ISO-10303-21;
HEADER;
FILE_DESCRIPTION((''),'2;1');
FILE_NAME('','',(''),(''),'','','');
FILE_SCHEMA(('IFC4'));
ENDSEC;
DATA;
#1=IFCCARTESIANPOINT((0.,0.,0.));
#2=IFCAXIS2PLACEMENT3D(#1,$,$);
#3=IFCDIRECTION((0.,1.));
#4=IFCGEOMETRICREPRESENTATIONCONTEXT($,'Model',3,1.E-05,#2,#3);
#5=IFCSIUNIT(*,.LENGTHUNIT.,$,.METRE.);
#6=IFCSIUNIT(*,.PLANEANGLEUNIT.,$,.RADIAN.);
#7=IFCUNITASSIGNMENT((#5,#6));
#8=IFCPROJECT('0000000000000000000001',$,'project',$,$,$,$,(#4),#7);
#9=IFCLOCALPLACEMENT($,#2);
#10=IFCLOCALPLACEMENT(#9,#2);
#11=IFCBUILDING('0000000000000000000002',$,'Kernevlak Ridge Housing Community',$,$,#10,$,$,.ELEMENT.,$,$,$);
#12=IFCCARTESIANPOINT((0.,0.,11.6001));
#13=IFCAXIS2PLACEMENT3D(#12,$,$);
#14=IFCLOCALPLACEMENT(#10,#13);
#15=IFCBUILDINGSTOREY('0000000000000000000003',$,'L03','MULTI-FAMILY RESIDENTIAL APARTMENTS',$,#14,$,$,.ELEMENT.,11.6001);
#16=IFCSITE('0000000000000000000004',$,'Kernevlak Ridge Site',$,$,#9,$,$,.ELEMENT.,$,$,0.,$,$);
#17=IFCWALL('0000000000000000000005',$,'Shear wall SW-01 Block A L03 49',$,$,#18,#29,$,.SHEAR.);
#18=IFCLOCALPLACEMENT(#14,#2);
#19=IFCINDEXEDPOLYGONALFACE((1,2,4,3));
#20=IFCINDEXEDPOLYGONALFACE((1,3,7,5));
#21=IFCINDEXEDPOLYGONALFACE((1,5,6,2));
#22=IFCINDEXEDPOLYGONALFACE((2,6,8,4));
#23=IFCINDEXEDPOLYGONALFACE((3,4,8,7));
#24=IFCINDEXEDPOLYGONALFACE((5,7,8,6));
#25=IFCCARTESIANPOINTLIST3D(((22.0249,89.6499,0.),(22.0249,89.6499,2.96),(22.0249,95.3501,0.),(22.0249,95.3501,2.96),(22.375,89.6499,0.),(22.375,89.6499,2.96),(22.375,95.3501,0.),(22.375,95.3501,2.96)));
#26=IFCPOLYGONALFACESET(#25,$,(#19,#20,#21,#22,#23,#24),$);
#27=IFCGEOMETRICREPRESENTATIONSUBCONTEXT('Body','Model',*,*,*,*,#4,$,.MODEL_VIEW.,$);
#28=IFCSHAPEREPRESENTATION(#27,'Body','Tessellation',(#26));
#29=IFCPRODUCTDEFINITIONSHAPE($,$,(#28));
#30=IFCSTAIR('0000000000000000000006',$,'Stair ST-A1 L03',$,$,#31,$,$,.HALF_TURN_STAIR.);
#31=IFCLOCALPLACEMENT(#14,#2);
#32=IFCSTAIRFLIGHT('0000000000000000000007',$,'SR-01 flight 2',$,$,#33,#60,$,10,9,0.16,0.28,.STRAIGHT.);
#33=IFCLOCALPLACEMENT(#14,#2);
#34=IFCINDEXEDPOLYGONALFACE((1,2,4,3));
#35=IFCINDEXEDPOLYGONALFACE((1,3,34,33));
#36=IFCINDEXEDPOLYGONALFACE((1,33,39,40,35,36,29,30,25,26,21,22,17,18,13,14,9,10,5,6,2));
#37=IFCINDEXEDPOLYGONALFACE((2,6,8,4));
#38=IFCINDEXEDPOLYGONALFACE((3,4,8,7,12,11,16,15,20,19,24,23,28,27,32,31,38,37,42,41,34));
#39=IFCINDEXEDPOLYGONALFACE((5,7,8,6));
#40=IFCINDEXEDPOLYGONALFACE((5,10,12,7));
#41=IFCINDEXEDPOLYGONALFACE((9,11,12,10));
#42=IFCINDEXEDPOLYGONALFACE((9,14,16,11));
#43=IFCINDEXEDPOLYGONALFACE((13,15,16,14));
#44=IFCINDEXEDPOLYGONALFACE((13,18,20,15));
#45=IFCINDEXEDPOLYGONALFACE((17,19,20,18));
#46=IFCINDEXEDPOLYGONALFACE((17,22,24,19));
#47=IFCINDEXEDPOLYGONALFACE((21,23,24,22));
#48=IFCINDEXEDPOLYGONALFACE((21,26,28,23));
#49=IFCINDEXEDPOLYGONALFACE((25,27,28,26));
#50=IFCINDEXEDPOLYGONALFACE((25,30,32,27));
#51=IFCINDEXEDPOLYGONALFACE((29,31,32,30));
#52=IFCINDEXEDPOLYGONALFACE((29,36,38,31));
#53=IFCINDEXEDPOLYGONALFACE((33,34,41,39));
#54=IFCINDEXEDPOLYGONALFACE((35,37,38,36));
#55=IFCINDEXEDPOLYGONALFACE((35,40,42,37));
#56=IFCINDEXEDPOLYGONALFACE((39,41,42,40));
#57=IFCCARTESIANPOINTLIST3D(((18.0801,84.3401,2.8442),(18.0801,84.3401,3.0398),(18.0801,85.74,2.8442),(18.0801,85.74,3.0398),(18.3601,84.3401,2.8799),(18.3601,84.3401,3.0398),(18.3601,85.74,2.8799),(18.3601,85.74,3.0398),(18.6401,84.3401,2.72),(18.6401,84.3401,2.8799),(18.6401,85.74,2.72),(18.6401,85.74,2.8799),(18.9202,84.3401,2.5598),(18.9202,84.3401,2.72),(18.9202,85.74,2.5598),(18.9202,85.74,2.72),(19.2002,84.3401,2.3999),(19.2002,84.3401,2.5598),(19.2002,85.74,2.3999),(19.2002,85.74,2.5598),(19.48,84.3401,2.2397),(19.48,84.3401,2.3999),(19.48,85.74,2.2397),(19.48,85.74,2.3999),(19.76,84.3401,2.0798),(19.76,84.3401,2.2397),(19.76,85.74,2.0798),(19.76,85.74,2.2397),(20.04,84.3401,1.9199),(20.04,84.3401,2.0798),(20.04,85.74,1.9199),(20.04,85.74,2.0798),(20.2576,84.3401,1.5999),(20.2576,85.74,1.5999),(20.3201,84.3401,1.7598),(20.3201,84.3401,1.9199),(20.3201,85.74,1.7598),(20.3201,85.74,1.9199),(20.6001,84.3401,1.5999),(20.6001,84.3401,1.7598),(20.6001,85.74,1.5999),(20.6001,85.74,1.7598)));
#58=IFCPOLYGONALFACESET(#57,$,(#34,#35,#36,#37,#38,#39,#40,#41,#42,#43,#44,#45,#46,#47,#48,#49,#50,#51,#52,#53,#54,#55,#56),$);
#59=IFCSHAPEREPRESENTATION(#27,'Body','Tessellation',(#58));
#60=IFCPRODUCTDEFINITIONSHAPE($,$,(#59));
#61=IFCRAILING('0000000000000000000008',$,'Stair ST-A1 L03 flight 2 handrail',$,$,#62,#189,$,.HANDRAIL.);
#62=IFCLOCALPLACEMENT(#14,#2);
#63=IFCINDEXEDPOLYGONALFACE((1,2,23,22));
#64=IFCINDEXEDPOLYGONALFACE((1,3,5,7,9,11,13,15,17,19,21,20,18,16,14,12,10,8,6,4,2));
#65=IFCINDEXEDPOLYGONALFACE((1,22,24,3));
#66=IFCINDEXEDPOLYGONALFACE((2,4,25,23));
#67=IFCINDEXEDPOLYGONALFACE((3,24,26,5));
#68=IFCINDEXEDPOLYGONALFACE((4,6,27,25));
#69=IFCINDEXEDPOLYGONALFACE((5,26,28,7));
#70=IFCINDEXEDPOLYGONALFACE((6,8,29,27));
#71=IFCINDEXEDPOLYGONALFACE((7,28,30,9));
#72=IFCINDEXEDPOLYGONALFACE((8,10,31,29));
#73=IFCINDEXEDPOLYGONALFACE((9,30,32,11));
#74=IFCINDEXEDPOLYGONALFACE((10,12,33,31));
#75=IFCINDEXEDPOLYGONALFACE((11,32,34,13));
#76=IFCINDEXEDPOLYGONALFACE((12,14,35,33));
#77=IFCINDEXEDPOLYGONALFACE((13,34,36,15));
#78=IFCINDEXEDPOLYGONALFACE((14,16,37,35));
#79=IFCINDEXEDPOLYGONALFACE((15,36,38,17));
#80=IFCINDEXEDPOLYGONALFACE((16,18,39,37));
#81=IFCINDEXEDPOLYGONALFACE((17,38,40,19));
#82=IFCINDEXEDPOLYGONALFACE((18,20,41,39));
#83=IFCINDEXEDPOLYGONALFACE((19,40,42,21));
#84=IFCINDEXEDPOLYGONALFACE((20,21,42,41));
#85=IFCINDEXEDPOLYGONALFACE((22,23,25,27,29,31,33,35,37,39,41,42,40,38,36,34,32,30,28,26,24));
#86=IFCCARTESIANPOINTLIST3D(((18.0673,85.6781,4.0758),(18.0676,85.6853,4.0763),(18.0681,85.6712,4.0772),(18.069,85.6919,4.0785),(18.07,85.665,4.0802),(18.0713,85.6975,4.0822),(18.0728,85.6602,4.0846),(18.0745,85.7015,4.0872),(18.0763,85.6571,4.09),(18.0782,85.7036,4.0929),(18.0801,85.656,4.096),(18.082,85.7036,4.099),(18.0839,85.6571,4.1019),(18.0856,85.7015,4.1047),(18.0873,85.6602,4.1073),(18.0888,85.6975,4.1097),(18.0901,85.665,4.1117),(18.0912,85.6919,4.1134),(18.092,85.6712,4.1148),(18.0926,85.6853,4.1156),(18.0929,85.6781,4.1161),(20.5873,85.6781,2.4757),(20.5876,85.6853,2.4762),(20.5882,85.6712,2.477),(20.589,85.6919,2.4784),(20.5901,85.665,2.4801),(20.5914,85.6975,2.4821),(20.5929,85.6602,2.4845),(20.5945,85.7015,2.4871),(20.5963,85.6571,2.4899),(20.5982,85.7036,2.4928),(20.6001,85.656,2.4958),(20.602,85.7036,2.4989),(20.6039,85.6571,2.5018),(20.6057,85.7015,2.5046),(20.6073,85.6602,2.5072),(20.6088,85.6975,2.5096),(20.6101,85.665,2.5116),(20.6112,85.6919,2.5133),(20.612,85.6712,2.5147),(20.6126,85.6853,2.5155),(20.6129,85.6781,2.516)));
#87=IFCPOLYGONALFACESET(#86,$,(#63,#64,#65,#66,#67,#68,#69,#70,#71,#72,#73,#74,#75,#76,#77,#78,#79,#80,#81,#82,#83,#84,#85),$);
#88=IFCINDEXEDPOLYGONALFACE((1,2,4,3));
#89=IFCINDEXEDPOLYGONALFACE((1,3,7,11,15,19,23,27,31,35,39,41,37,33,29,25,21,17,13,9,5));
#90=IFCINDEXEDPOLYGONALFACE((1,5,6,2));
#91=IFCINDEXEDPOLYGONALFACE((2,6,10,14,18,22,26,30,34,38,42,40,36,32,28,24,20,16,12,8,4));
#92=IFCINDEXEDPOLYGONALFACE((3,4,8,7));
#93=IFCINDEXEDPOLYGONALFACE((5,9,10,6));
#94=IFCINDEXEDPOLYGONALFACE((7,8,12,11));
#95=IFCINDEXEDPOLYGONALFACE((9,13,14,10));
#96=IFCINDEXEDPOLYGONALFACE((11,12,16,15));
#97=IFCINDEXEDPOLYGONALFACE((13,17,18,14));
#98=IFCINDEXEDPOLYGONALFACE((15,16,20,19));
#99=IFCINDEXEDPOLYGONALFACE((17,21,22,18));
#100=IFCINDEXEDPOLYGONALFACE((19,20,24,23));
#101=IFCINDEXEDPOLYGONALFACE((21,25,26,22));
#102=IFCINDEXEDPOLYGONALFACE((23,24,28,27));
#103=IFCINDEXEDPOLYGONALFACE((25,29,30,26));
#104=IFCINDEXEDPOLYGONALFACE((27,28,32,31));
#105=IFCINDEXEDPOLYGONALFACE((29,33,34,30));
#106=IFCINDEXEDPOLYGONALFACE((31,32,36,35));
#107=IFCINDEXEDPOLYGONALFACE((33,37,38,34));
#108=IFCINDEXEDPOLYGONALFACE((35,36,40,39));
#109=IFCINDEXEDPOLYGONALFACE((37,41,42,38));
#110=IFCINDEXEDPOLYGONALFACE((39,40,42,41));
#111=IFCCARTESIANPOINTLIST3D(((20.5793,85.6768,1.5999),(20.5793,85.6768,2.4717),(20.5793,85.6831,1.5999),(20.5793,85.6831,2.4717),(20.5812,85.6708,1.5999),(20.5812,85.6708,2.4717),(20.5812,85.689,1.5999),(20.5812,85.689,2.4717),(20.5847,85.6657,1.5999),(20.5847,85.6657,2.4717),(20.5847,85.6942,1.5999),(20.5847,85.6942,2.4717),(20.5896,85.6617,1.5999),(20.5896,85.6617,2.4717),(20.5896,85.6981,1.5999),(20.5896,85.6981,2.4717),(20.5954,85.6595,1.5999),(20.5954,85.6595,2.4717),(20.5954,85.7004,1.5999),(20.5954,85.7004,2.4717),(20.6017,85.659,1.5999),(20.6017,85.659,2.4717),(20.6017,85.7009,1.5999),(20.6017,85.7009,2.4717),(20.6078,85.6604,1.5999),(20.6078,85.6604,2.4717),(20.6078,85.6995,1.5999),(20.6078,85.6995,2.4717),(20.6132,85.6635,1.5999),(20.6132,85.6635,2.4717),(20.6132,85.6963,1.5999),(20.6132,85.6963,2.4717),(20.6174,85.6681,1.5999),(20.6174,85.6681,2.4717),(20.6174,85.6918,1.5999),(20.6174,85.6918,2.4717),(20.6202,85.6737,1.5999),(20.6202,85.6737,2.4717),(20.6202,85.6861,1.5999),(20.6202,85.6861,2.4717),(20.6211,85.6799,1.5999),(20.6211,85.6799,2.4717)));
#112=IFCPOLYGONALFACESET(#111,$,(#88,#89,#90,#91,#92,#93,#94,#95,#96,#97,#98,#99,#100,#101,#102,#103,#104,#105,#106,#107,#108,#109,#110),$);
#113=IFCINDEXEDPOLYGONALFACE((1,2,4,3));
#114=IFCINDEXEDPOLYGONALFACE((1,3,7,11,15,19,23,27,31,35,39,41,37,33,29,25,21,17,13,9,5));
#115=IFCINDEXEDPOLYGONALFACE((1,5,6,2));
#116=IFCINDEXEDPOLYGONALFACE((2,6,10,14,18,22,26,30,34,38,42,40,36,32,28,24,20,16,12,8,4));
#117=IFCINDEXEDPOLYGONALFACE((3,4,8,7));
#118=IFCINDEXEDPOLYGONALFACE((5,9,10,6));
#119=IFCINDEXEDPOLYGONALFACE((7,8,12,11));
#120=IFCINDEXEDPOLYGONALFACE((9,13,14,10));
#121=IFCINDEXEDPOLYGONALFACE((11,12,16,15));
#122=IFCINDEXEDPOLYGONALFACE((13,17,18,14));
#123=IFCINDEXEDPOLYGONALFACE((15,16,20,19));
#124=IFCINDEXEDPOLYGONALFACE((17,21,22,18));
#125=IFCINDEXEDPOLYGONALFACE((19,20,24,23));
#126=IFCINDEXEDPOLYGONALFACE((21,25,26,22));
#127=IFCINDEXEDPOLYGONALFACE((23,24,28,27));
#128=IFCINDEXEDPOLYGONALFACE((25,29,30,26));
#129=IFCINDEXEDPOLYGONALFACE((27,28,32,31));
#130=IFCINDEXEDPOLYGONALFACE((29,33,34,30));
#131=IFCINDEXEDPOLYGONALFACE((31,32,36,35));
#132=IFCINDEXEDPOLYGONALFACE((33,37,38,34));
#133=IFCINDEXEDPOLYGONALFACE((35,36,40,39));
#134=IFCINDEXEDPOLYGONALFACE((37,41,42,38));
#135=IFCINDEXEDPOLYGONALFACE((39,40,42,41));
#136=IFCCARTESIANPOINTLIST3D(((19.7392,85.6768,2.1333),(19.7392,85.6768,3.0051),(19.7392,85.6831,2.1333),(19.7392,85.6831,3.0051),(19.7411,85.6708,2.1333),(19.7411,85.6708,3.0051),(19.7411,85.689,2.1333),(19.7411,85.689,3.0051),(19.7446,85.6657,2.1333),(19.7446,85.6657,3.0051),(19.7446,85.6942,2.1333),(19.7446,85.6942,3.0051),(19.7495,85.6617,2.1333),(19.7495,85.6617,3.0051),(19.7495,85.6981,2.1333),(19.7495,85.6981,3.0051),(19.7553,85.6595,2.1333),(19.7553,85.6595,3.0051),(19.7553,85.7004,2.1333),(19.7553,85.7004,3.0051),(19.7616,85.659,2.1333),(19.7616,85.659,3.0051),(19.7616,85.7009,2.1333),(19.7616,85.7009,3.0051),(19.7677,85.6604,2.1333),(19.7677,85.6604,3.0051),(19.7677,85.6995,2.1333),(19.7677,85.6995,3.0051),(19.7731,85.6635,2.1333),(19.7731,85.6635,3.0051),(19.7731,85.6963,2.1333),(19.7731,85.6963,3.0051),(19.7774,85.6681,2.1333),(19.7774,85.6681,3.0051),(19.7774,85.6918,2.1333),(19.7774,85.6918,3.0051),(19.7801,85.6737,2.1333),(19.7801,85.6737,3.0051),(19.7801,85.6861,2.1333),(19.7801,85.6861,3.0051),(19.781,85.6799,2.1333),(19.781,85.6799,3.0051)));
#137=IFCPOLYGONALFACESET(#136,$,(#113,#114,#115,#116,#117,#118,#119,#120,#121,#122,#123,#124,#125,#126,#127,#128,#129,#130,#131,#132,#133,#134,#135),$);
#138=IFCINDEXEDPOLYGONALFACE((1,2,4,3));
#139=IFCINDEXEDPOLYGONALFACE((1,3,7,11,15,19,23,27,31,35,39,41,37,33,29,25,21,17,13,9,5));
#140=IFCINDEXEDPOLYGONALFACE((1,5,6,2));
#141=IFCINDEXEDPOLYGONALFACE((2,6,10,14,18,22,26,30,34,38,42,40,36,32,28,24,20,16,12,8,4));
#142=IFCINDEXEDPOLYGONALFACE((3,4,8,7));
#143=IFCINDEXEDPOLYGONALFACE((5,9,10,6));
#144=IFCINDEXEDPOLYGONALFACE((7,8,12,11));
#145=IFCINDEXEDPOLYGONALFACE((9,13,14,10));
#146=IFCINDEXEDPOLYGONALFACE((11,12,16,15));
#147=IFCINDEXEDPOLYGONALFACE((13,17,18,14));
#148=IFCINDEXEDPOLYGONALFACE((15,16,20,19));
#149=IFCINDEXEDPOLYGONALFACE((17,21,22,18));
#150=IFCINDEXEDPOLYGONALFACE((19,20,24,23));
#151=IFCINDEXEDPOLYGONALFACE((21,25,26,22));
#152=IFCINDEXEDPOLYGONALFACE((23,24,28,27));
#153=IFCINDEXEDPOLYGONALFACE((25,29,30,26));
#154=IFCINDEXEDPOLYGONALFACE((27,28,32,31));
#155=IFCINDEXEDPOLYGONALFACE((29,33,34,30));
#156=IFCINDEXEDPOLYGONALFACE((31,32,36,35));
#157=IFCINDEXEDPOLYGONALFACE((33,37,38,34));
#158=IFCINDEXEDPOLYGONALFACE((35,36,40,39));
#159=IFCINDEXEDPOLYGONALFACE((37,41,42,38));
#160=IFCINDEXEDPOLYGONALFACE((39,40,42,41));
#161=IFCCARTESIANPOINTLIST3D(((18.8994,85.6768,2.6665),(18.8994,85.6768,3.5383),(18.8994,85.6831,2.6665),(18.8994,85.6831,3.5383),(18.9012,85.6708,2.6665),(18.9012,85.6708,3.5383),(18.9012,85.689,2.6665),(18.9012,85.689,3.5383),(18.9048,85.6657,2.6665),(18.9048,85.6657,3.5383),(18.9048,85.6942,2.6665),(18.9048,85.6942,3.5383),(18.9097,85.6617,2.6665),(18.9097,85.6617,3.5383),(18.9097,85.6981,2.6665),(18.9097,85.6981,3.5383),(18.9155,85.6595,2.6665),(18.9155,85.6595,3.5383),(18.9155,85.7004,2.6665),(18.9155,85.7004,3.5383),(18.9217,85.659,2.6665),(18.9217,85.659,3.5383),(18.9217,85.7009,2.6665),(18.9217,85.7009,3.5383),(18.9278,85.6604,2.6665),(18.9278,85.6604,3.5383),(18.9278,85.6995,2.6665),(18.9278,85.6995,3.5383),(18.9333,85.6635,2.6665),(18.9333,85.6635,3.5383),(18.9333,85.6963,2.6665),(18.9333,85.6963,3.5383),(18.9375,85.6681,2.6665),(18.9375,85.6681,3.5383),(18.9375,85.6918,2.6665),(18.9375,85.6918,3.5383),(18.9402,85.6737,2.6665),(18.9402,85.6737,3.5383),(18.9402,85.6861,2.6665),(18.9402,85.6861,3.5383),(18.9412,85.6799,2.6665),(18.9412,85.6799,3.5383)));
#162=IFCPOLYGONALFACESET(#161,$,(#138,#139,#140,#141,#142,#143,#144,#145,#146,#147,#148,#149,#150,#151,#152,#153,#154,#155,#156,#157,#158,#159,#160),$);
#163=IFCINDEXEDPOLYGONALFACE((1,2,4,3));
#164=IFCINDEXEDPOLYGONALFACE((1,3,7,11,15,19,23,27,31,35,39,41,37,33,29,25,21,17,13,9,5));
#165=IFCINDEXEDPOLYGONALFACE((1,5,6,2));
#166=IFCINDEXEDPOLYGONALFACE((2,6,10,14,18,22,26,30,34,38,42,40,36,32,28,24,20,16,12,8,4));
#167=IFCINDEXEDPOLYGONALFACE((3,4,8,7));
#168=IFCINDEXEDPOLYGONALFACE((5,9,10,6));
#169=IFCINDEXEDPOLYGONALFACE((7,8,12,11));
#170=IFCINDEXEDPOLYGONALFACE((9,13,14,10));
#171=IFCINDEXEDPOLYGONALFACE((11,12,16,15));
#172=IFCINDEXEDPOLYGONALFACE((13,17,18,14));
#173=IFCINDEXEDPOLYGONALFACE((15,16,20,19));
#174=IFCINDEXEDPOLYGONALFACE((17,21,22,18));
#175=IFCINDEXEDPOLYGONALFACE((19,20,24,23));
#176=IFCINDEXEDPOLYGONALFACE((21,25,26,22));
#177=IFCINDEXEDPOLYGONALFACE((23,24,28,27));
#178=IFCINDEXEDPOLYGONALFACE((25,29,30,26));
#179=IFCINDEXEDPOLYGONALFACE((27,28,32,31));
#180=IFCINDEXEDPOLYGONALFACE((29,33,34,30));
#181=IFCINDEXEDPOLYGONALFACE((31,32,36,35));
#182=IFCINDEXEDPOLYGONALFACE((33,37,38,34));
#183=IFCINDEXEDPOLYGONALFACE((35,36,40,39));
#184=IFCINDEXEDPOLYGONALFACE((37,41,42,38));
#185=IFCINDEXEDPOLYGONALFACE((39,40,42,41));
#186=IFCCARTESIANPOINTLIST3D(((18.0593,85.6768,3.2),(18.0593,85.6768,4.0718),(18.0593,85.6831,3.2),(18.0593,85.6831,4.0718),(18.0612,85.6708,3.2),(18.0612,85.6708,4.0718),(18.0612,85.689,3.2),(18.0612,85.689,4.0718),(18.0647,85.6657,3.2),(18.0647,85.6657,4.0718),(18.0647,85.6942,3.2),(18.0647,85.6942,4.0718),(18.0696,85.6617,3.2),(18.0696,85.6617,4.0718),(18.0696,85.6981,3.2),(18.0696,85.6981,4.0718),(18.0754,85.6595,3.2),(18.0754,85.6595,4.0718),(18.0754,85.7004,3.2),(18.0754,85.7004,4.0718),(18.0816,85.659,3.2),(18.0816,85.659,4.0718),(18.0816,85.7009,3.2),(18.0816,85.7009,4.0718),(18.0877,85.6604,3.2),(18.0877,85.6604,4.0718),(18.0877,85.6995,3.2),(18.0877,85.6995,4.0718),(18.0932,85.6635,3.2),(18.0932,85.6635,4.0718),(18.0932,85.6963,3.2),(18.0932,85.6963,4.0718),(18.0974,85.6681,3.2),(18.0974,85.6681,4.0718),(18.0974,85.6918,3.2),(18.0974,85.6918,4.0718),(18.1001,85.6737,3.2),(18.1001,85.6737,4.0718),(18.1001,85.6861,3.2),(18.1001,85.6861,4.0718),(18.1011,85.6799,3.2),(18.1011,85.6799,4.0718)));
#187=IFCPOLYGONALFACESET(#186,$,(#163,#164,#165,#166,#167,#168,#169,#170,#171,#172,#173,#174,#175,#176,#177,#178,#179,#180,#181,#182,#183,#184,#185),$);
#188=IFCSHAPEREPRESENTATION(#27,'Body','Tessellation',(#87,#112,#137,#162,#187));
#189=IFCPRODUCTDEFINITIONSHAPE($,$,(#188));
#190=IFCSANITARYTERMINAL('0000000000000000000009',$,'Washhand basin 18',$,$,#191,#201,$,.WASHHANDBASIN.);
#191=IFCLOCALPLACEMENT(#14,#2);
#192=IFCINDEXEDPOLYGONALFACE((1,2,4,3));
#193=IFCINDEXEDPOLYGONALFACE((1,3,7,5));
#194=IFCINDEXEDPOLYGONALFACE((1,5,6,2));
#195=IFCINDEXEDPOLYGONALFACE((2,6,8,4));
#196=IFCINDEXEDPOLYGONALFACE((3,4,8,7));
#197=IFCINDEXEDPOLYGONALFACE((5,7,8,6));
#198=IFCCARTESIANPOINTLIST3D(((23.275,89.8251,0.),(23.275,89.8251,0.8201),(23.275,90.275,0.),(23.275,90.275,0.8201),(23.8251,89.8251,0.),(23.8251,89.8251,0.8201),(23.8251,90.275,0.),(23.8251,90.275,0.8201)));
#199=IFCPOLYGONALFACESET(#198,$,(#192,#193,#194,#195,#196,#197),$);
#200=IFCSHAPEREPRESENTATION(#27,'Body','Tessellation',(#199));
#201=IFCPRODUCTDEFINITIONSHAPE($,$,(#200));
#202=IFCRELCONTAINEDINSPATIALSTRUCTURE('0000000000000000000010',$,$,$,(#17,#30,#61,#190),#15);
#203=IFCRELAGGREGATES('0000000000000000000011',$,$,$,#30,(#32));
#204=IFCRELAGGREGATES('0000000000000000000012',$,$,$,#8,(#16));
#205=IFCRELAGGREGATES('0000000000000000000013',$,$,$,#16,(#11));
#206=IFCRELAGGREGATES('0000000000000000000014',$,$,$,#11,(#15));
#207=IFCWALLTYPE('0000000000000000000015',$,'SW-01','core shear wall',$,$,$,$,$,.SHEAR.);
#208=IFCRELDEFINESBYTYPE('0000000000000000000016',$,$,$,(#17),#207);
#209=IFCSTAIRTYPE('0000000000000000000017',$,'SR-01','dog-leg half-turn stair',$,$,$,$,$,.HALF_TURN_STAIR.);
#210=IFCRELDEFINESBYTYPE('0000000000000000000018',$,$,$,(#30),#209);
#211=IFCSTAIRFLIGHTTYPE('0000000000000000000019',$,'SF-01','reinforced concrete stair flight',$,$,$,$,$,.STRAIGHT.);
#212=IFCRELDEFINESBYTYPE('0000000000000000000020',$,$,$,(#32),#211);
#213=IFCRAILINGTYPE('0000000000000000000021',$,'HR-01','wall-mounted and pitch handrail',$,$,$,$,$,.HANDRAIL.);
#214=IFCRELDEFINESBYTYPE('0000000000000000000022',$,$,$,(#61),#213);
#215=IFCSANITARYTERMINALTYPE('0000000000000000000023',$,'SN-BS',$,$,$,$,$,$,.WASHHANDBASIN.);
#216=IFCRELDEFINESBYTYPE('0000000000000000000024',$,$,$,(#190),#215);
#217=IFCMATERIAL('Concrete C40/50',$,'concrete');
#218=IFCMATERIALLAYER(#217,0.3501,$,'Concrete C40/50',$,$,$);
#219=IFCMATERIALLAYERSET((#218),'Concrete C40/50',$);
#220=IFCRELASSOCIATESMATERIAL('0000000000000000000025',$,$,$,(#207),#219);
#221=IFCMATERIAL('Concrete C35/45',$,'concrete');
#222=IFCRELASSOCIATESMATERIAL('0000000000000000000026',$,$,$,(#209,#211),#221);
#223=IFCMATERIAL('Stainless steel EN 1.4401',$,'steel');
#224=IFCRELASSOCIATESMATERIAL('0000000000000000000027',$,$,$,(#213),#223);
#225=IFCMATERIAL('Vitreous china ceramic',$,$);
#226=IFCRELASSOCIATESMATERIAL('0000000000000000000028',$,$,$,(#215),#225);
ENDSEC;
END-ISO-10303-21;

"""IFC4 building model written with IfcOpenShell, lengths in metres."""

from ifc_helpers import new_model, si_unit, direction, frame, frame_2d, origin, origin_2d, place, context, subcontext, project, spatial, polyline, rectangle, circle, outline, extrude, material, layer, layer_set, type_object, element, aggregate, save


model = new_model("IFC4")

# Units and contexts
model_context = context("Model", 3, precision=1e-05, world=origin(), true_north=direction((0.0, 1.0)))
body_context = subcontext(model_context, "Body", "Model", "MODEL_VIEW")
ifc_project = project(units=[si_unit("LENGTHUNIT", "METRE"), si_unit("PLANEANGLEUNIT", "RADIAN")], contexts=[model_context])

# Site, building, storey
site_placement = place(None, origin())
site = spatial("IfcSite", under=ifc_project, at=site_placement, Name="Kernevlak Ridge Site", CompositionType="ELEMENT", RefElevation=0.0)
building_placement = place(site_placement, origin())
building = spatial("IfcBuilding", under=site, at=building_placement, Name="Kernevlak Ridge Housing Community", CompositionType="ELEMENT")
storey_placement = place(building_placement, frame((0.0, 0.0, 11.6001)))
storey = spatial("IfcBuildingStorey", under=building, at=storey_placement, Name="L03", Description="MULTI-FAMILY RESIDENTIAL APARTMENTS", CompositionType="ELEMENT", Elevation=11.6001)

# Shared definitions
ifc_material_1 = material(Name="Concrete C40/50", Category="concrete")

# Shared definitions
ifc_material_2 = material(Name="Concrete C35/45", Category="concrete")

# Wall
ifc_layer_1 = layer(ifc_material_1, 0.3501, Name="Concrete C40/50")
ifc_layer_set_1 = layer_set([ifc_layer_1], Name="Concrete C40/50")
wall_type_1 = type_object("IfcWallType", Name="SW-01", Description="core shear wall", PredefinedType="SHEAR", material=ifc_layer_set_1)
wall_1_placement = place(storey_placement, frame((22.2, 89.6499, 0.0), z_axis=(0.0, 0.0, 1.0), x_axis=(0.0, 1.0, 0.0)))
element("IfcWall", 1, at=wall_1_placement, inside=storey, type_object=wall_type_1, Name="Shear wall SW-01 Block A L03 49", PredefinedType="SHEAR", context=body_context, shape_type="SweptSolid", body=[
    extrude(rectangle(XDim=5.7002, YDim=0.3501, at=frame_2d((2.8501, 0.0))), origin(), (0.0, 0.0, 1.0), 2.96),
])

# Stair, stair flight
stair_type = type_object("IfcStairType", Name="SR-01", Description="dog-leg half-turn stair", PredefinedType="HALF_TURN_STAIR", material=ifc_material_2)
stair_placement = place(storey_placement, origin())
stair = element("IfcStair", 2, at=stair_placement, inside=storey, type_object=stair_type, Name="Stair ST-A1 L03", PredefinedType="HALF_TURN_STAIR")
stair_flight_type = type_object("IfcStairFlightType", Name="SF-01", Description="reinforced concrete stair flight", PredefinedType="STRAIGHT", material=ifc_material_2)
stair_flight_placement = place(storey_placement, frame((20.6001, 85.04, 1.5999), z_axis=(0.0, 0.0, 1.0), x_axis=(-1.0, 0.0, 0.0)))
stair_flight = element("IfcStairFlight", 3, at=stair_flight_placement, type_object=stair_flight_type, Name="SR-01 flight 2", NumberOfRisers=10, NumberOfTreads=9, PredefinedType="STRAIGHT", RiserHeight=0.16, TreadLength=0.28, context=body_context, shape_type="SweptSolid", body=[
    extrude(outline(polyline([(0.0, 0.0), (0.0, 0.1599), (0.28, 0.1599), (0.28, 0.3201), (0.5601, 0.3201), (0.5601, 0.48), (0.8401, 0.48), (0.8401, 0.6399), (1.1201, 0.6399), (1.1201, 0.8), (1.3999, 0.8), (1.3999, 0.96), (1.6799, 0.96), (1.6799, 1.1201), (1.96, 1.1201), (1.96, 1.28), (2.24, 1.28), (2.24, 1.4399), (2.52, 1.4399), (2.52, 1.6001), (2.52, 1.2444), (0.3425, 0.0), (0.0, 0.0)])), frame((0.0, 0.7, 0.0), z_axis=(0.0, -1.0, 0.0), x_axis=(1.0, 0.0, 0.0)), (0.0, 0.0, 1.0), 1.3999),
])
aggregate(stair, [stair_flight])

# Railing
ifc_material_3 = material(Name="Stainless steel EN 1.4401", Category="steel")
railing_type = type_object("IfcRailingType", Name="HR-01", Description="wall-mounted and pitch handrail", PredefinedType="HANDRAIL", material=ifc_material_3)
railing_placement = place(storey_placement, frame((20.6001, 85.6799, 1.5999)))
element("IfcRailing", 4, at=railing_placement, inside=storey, type_object=railing_type, Name="Stair ST-A1 L03 flight 2 handrail", PredefinedType="HANDRAIL", context=body_context, shape_type="SweptSolid", body=[
    extrude(circle(Radius=0.0239, at=origin_2d()), frame((0.0, 0.0, 0.896), z_axis=(-0.8442, 0.0, 0.536028), x_axis=(0.0, -1.0, 0.0)), (0.0, 0.0, 1.0), 2.9851),
    extrude(circle(Radius=0.021, at=origin_2d()), origin(), (0.0, 0.0, 1.0), 0.8718),
    extrude(circle(Radius=0.021, at=origin_2d()), frame((-0.8401, 0.0, 0.5334)), (0.0, 0.0, 1.0), 0.8718),
    extrude(circle(Radius=0.021, at=origin_2d()), frame((-1.6799, 0.0, 1.0667)), (0.0, 0.0, 1.0), 0.8718),
    extrude(circle(Radius=0.021, at=origin_2d()), frame((-2.52, 0.0, 1.6001)), (0.0, 0.0, 1.0), 0.8718),
])

# Sanitary terminal
ifc_material_4 = material(Name="Vitreous china ceramic")
sanitary_terminal_type_1 = type_object("IfcSanitaryTerminalType", Name="SN-BS", PredefinedType="WASHHANDBASIN", material=ifc_material_4)
sanitary_terminal_1_placement = place(storey_placement, frame((23.55, 90.05, 0.0), z_axis=(0.0, 0.0, 1.0), x_axis=(1.0, 0.0, 0.0)))
element("IfcSanitaryTerminal", 5, at=sanitary_terminal_1_placement, inside=storey, type_object=sanitary_terminal_type_1, Name="Washhand basin 18", PredefinedType="WASHHANDBASIN", context=body_context, shape_type="SweptSolid", body=[
    extrude(rectangle(XDim=0.55, YDim=0.45, at=origin_2d()), origin(), (0.0, 0.0, 1.0), 0.8201),
])

save(model, "model.ifc")
